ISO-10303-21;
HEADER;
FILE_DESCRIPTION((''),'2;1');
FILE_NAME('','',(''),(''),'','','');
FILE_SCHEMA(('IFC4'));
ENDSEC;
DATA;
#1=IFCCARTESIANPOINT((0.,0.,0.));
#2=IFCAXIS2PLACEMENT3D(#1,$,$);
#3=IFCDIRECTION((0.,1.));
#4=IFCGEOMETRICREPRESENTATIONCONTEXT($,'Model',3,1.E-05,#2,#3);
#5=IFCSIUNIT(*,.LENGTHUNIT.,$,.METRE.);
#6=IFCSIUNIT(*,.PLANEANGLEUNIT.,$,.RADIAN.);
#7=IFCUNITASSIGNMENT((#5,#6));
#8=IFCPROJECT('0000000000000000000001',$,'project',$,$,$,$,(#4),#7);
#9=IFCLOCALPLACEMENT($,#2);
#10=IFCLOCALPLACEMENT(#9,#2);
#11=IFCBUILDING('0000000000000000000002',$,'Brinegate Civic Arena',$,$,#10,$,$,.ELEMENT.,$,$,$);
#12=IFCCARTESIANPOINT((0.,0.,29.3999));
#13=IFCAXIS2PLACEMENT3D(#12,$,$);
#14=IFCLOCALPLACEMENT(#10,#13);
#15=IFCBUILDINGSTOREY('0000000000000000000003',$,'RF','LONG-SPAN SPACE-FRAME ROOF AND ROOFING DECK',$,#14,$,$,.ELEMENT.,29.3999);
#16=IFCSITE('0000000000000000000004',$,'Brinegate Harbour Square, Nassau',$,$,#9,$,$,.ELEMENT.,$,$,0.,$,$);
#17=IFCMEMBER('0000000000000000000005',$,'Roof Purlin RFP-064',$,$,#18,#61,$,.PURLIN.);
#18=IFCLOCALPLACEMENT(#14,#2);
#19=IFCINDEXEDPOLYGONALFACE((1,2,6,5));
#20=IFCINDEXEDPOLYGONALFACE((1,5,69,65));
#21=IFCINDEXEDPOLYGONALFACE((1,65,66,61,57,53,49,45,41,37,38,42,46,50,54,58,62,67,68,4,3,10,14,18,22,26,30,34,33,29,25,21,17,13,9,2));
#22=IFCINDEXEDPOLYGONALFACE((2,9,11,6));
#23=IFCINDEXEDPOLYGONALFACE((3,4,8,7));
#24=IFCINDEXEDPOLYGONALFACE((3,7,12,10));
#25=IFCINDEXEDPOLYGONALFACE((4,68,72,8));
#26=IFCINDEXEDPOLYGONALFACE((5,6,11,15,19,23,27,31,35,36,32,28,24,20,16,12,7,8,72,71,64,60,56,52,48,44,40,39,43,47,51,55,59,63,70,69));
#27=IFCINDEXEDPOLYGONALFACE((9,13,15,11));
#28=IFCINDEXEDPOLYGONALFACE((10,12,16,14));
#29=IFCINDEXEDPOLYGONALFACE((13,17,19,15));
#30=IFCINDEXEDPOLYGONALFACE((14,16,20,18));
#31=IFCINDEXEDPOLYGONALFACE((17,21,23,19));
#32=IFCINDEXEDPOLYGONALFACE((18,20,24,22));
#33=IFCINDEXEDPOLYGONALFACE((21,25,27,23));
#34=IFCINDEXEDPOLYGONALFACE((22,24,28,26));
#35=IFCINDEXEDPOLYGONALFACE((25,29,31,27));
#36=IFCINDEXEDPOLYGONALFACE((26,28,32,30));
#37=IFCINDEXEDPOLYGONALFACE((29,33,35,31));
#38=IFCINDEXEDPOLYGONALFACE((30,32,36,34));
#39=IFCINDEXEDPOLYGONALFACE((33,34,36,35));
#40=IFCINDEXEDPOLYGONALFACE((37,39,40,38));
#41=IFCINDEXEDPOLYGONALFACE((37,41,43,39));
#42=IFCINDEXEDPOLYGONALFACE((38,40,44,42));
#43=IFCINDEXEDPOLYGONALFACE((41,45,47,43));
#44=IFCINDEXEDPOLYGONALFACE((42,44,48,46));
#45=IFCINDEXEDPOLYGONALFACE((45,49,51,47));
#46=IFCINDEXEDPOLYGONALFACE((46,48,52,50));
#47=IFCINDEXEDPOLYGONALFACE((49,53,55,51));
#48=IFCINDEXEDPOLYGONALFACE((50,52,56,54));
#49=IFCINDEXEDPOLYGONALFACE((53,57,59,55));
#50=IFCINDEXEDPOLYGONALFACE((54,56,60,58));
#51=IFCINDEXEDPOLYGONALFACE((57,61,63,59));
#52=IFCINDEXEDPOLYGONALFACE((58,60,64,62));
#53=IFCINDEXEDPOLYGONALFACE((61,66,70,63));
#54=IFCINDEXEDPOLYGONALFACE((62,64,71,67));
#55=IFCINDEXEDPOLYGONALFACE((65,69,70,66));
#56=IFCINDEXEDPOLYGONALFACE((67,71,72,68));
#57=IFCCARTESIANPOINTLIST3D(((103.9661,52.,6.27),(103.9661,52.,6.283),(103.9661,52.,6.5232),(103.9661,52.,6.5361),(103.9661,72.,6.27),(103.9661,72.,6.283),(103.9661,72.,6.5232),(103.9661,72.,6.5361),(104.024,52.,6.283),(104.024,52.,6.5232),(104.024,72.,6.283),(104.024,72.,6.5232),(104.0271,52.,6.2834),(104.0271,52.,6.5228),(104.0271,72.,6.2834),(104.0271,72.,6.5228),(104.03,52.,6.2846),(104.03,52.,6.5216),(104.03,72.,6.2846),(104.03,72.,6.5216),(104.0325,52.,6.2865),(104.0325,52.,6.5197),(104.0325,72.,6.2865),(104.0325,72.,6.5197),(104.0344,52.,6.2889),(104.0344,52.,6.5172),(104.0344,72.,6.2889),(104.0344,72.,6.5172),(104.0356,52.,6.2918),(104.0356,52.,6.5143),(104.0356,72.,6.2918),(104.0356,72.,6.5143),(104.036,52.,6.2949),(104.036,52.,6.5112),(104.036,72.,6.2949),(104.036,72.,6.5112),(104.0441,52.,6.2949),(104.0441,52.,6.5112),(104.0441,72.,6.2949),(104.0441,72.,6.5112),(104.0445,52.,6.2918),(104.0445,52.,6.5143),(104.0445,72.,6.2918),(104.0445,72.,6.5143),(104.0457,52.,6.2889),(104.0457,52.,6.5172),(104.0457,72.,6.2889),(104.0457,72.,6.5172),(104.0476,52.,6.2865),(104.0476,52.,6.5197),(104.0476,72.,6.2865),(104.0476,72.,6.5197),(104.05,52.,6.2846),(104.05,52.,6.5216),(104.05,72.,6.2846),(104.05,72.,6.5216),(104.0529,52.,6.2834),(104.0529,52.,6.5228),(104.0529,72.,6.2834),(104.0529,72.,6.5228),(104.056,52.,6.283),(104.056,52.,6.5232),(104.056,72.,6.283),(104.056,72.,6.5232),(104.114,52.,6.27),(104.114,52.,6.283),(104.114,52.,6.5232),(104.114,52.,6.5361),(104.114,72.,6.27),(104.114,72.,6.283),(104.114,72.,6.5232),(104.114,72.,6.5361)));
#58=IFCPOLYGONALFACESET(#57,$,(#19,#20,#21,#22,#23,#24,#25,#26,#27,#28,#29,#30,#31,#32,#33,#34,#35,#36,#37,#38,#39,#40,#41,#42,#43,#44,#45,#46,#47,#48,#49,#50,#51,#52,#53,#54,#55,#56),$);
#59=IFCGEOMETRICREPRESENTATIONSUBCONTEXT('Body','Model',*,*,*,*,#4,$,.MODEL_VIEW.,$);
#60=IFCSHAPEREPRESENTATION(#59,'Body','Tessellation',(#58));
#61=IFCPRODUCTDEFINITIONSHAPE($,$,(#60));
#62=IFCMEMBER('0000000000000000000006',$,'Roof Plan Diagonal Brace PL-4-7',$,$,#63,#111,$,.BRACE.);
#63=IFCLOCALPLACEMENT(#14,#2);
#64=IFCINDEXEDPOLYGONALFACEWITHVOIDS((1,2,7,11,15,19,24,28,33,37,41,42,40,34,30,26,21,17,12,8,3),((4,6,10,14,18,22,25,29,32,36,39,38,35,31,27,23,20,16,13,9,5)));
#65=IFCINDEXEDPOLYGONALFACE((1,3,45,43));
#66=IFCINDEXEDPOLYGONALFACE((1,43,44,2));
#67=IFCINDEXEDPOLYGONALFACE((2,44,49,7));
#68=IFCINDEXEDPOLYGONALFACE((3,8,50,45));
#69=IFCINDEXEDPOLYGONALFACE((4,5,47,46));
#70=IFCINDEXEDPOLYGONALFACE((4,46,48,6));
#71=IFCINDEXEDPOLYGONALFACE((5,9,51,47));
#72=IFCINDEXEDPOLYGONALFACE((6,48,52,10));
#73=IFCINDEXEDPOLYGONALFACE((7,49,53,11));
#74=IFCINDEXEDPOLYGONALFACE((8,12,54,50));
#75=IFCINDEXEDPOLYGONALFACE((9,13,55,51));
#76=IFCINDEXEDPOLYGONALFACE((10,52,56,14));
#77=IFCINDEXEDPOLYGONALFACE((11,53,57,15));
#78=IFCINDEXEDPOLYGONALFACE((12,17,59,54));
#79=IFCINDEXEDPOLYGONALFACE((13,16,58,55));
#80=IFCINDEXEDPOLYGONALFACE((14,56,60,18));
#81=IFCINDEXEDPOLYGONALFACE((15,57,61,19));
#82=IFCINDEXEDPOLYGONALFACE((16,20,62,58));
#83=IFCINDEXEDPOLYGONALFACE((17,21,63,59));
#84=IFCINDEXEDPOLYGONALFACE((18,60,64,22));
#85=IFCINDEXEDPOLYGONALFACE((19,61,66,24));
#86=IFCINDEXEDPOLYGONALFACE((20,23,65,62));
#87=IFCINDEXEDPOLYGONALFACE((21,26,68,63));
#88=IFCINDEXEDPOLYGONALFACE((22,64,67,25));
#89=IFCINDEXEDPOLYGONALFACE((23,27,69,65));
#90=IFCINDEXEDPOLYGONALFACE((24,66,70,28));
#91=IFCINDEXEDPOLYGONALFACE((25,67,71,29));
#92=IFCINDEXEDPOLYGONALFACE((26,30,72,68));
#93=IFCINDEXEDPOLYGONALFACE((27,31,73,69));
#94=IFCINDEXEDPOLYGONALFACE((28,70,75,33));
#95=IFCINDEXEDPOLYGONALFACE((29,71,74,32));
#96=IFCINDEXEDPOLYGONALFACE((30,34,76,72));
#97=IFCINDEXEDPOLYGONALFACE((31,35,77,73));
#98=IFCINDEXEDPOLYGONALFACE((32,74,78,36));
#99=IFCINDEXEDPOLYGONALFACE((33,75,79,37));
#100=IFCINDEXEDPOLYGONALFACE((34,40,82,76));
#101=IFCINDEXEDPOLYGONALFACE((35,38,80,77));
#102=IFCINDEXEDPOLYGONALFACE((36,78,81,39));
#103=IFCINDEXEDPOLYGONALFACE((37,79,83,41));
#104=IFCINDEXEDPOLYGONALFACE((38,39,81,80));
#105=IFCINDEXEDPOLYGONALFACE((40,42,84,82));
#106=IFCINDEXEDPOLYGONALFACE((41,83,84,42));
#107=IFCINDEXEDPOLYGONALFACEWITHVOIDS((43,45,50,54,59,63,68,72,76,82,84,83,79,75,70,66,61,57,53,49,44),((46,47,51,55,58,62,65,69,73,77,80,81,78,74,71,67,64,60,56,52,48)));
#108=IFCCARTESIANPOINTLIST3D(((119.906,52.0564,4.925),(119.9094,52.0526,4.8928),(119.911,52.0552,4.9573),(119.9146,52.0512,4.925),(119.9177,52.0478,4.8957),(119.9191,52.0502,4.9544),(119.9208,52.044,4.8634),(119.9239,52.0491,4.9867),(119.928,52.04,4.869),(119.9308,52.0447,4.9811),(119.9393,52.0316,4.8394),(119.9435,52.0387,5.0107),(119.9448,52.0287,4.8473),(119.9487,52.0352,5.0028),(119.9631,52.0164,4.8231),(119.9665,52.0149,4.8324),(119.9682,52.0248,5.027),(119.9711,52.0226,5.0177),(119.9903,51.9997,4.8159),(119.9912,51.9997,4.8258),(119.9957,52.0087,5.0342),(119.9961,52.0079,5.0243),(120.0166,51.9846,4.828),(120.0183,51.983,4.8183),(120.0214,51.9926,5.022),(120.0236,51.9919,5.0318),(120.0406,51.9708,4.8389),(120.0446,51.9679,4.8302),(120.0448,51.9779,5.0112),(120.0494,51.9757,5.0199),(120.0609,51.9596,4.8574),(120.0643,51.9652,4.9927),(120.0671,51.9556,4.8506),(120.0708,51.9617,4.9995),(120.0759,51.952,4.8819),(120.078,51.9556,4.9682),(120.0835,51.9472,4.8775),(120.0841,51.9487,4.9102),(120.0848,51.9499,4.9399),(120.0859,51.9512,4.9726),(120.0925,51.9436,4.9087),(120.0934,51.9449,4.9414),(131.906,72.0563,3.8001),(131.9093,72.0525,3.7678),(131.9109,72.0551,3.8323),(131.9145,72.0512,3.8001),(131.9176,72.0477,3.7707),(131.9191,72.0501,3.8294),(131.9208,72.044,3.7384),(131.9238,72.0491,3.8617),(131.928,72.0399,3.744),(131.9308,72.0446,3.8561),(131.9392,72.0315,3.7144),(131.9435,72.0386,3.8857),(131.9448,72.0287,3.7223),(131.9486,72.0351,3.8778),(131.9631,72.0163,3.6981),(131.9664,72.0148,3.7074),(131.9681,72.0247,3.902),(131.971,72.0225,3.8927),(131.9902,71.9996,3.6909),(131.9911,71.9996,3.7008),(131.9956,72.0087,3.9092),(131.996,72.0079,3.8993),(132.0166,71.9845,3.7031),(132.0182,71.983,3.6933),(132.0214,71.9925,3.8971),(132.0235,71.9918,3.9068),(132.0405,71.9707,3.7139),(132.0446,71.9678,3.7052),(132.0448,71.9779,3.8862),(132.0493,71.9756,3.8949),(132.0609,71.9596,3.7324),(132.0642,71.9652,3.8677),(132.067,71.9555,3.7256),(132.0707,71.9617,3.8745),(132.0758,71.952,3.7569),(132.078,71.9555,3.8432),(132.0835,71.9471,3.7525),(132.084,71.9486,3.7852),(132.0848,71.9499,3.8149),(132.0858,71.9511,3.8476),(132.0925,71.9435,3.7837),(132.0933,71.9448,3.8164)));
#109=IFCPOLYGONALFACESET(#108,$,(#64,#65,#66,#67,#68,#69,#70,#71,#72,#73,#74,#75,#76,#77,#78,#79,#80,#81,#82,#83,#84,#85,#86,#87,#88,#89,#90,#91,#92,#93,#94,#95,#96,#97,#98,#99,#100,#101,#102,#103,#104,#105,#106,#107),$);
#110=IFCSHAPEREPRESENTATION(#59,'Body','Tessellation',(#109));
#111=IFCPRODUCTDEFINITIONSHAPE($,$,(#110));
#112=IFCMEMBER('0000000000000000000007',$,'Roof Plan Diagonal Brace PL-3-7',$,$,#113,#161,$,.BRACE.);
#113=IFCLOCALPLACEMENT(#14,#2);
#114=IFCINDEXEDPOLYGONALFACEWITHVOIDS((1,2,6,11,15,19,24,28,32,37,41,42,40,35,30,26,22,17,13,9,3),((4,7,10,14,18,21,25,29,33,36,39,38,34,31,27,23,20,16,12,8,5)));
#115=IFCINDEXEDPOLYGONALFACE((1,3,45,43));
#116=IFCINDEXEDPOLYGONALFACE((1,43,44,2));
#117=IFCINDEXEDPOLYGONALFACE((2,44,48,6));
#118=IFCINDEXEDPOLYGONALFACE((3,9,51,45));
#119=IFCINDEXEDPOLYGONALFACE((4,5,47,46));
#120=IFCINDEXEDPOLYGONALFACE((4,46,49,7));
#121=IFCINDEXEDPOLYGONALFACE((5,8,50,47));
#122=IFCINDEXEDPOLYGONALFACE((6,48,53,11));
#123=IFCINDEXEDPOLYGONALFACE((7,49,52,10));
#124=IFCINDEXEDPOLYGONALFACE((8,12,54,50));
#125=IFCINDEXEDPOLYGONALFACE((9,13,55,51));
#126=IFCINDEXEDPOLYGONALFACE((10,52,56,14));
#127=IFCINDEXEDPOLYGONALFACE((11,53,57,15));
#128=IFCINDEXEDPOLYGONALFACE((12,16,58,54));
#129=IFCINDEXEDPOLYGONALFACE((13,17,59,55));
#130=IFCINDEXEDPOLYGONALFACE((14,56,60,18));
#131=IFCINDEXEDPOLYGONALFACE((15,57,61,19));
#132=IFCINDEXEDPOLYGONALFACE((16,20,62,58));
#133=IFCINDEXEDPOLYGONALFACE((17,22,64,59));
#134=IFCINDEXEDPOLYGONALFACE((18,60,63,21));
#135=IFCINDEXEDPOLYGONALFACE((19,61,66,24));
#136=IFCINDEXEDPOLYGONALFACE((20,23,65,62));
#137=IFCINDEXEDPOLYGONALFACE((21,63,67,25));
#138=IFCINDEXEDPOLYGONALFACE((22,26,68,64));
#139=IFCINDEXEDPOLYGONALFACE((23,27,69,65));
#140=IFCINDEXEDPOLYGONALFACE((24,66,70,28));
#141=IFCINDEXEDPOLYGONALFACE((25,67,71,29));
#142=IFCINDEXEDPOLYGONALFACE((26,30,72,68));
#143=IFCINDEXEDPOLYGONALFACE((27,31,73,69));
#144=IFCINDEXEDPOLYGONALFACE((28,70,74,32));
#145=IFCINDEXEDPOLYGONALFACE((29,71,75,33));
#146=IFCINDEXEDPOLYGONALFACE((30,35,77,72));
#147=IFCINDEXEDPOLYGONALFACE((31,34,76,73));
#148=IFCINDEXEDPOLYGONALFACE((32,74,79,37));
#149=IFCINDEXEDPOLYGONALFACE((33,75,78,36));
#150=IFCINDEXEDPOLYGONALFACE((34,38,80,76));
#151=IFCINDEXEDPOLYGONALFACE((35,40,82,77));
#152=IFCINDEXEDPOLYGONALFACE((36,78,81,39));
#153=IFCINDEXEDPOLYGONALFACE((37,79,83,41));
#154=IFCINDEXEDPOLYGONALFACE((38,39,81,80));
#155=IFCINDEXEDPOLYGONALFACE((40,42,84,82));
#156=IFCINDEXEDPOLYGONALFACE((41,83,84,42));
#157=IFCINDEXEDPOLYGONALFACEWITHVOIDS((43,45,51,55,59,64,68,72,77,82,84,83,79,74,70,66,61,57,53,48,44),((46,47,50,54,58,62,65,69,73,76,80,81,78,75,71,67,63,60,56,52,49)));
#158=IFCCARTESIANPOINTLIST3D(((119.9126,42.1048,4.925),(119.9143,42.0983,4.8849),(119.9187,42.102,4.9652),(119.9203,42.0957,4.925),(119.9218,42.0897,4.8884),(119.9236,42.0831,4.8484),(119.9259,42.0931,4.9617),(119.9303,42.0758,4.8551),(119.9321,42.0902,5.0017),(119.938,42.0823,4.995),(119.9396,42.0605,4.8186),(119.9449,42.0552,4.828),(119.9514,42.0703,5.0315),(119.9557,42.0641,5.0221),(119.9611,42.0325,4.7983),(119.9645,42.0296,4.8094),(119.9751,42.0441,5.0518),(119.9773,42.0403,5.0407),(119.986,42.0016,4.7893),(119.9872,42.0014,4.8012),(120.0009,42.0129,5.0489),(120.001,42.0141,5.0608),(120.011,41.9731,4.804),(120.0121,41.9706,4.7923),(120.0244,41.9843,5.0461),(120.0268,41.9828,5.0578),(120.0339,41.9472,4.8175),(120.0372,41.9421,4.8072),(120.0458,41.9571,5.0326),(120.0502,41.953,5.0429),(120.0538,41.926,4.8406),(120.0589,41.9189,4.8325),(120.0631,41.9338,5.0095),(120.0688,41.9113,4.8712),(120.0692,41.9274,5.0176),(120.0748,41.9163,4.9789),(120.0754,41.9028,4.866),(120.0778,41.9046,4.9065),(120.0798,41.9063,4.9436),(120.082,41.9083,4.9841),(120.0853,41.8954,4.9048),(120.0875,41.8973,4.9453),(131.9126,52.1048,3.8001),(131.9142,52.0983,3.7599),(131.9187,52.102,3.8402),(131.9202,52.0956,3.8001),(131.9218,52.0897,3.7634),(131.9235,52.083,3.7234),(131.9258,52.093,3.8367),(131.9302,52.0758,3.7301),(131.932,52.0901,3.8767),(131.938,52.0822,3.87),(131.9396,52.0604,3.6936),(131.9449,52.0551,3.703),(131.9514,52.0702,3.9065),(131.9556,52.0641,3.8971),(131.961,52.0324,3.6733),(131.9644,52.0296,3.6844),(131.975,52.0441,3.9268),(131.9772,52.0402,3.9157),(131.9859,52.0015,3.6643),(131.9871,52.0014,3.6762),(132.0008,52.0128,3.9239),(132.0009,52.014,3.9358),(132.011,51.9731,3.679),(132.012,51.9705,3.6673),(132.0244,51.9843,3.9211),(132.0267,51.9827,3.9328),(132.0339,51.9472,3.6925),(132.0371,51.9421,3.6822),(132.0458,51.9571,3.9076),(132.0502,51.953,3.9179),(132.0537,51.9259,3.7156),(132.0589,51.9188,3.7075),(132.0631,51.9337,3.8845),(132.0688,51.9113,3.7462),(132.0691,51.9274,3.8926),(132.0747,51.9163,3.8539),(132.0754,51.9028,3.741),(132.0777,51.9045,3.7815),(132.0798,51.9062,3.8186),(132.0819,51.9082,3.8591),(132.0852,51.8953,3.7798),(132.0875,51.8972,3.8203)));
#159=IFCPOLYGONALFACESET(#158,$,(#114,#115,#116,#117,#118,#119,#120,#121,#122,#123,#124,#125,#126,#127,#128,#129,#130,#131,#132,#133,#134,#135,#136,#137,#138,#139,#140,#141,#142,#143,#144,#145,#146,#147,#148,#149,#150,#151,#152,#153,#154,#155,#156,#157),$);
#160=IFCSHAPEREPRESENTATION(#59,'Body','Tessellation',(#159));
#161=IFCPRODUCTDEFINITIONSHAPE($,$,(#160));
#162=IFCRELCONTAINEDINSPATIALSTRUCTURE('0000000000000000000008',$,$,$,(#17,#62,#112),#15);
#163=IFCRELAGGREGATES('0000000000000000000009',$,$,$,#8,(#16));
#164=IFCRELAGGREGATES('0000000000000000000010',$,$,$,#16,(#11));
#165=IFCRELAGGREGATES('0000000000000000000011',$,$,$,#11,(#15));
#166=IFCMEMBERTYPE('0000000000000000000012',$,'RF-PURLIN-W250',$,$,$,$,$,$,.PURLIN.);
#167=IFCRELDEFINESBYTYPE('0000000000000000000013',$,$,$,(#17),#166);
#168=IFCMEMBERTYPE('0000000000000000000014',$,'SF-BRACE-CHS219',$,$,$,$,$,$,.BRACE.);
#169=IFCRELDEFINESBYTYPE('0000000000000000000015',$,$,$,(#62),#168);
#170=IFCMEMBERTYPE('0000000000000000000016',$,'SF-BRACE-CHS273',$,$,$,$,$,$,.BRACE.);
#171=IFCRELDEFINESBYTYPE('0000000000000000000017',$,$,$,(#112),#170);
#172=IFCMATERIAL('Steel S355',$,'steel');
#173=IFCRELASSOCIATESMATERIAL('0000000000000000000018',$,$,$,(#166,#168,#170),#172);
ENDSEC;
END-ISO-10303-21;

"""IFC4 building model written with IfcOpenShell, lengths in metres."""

from ifc_helpers import new_model, si_unit, direction, frame, origin, origin_2d, place, context, subcontext, project, spatial, hollow_circle, i_section, extrude, material, material_profile, profile_set, type_object, element, save


model = new_model("IFC4")

# Units and contexts
model_context = context("Model", 3, precision=1e-05, world=origin(), true_north=direction((0.0, 1.0)))
body_context = subcontext(model_context, "Body", "Model", "MODEL_VIEW")
ifc_project = project(units=[si_unit("LENGTHUNIT", "METRE"), si_unit("PLANEANGLEUNIT", "RADIAN")], contexts=[model_context])

# Site, building, storey
site_placement = place(None, origin())
site = spatial("IfcSite", under=ifc_project, at=site_placement, Name="Brinegate Harbour Square, Nassau", CompositionType="ELEMENT", RefElevation=0.0)
building_placement = place(site_placement, origin())
building = spatial("IfcBuilding", under=site, at=building_placement, Name="Brinegate Civic Arena", CompositionType="ELEMENT")
storey_placement = place(building_placement, frame((0.0, 0.0, 29.3999)))
storey = spatial("IfcBuildingStorey", under=building, at=storey_placement, Name="RF", Description="LONG-SPAN SPACE-FRAME ROOF AND ROOFING DECK", CompositionType="ELEMENT", Elevation=29.3999)

# Members
ifc_material = material(Name="Steel S355", Category="steel")
ifc_material_profile_1 = material_profile(ifc_material, i_section(OverallWidth=0.1479, OverallDepth=0.2661, WebThickness=0.0081, FlangeThickness=0.0129, FilletRadius=0.012, at=origin_2d()), Name="W250X45")
ifc_profile_set_1 = profile_set([ifc_material_profile_1], Name="Steel S355")
member_type_1 = type_object("IfcMemberType", Name="RF-PURLIN-W250", PredefinedType="PURLIN", material=ifc_profile_set_1)
for number, where, z_axis, x_axis, name in (
    (1, (104.04, 52.0, 6.4031), (0.0, 1.0, 0.0), (-1.0, 0.0, 0.0), "Roof Purlin RFP-064"),
):
    element("IfcMember", number, at=place(storey_placement, frame(where, z_axis=z_axis, x_axis=x_axis)), inside=storey, type_object=member_type_1, Name=name, PredefinedType="PURLIN", context=body_context, shape_type="SweptSolid", body=[
        extrude(i_section(OverallWidth=0.1479, OverallDepth=0.2661, WebThickness=0.0081, FlangeThickness=0.0129, FilletRadius=0.012, at=origin_2d()), origin(), (0.0, 0.0, 1.0), 20.0),
    ])
ifc_material_profile_2 = material_profile(ifc_material, hollow_circle(Radius=0.1096, WallThickness=0.01, at=origin_2d()), Name="CHS219X10")
ifc_profile_set_2 = profile_set([ifc_material_profile_2], Name="Steel S355")
member_type_2 = type_object("IfcMemberType", Name="SF-BRACE-CHS219", PredefinedType="BRACE", material=ifc_profile_set_2)
member_1_placement = place(storey_placement, frame((120.0, 52.0, 4.925), z_axis=(0.513898, 0.856497, -0.048178), x_axis=(-0.857493, 0.514496, 0.0)))
element("IfcMember", 2, at=member_1_placement, inside=storey, type_object=member_type_2, Name="Roof Plan Diagonal Brace PL-4-7", PredefinedType="BRACE", context=body_context, shape_type="SweptSolid", body=[
    extrude(hollow_circle(Radius=0.1096, WallThickness=0.01, at=origin_2d()), origin(), (0.0, 0.0, 1.0), 23.3508),
])
ifc_material_profile_3 = material_profile(ifc_material, hollow_circle(Radius=0.1365, WallThickness=0.012, at=origin_2d()), Name="CHS273X12")
ifc_profile_set_3 = profile_set([ifc_material_profile_3], Name="Steel S355")
member_type_3 = type_object("IfcMemberType", Name="SF-BRACE-CHS273", PredefinedType="BRACE", material=ifc_profile_set_3)
member_2_placement = place(storey_placement, frame((120.0, 42.0, 4.925), z_axis=(0.766237, 0.638531, -0.071835), x_axis=(-0.640184, 0.768221, 0.0)))
element("IfcMember", 3, at=member_2_placement, inside=storey, type_object=member_type_3, Name="Roof Plan Diagonal Brace PL-3-7", PredefinedType="BRACE", context=body_context, shape_type="SweptSolid", body=[
    extrude(hollow_circle(Radius=0.1365, WallThickness=0.012, at=origin_2d()), origin(), (0.0, 0.0, 1.0), 15.6609),
])

save(model, "model.ifc")
